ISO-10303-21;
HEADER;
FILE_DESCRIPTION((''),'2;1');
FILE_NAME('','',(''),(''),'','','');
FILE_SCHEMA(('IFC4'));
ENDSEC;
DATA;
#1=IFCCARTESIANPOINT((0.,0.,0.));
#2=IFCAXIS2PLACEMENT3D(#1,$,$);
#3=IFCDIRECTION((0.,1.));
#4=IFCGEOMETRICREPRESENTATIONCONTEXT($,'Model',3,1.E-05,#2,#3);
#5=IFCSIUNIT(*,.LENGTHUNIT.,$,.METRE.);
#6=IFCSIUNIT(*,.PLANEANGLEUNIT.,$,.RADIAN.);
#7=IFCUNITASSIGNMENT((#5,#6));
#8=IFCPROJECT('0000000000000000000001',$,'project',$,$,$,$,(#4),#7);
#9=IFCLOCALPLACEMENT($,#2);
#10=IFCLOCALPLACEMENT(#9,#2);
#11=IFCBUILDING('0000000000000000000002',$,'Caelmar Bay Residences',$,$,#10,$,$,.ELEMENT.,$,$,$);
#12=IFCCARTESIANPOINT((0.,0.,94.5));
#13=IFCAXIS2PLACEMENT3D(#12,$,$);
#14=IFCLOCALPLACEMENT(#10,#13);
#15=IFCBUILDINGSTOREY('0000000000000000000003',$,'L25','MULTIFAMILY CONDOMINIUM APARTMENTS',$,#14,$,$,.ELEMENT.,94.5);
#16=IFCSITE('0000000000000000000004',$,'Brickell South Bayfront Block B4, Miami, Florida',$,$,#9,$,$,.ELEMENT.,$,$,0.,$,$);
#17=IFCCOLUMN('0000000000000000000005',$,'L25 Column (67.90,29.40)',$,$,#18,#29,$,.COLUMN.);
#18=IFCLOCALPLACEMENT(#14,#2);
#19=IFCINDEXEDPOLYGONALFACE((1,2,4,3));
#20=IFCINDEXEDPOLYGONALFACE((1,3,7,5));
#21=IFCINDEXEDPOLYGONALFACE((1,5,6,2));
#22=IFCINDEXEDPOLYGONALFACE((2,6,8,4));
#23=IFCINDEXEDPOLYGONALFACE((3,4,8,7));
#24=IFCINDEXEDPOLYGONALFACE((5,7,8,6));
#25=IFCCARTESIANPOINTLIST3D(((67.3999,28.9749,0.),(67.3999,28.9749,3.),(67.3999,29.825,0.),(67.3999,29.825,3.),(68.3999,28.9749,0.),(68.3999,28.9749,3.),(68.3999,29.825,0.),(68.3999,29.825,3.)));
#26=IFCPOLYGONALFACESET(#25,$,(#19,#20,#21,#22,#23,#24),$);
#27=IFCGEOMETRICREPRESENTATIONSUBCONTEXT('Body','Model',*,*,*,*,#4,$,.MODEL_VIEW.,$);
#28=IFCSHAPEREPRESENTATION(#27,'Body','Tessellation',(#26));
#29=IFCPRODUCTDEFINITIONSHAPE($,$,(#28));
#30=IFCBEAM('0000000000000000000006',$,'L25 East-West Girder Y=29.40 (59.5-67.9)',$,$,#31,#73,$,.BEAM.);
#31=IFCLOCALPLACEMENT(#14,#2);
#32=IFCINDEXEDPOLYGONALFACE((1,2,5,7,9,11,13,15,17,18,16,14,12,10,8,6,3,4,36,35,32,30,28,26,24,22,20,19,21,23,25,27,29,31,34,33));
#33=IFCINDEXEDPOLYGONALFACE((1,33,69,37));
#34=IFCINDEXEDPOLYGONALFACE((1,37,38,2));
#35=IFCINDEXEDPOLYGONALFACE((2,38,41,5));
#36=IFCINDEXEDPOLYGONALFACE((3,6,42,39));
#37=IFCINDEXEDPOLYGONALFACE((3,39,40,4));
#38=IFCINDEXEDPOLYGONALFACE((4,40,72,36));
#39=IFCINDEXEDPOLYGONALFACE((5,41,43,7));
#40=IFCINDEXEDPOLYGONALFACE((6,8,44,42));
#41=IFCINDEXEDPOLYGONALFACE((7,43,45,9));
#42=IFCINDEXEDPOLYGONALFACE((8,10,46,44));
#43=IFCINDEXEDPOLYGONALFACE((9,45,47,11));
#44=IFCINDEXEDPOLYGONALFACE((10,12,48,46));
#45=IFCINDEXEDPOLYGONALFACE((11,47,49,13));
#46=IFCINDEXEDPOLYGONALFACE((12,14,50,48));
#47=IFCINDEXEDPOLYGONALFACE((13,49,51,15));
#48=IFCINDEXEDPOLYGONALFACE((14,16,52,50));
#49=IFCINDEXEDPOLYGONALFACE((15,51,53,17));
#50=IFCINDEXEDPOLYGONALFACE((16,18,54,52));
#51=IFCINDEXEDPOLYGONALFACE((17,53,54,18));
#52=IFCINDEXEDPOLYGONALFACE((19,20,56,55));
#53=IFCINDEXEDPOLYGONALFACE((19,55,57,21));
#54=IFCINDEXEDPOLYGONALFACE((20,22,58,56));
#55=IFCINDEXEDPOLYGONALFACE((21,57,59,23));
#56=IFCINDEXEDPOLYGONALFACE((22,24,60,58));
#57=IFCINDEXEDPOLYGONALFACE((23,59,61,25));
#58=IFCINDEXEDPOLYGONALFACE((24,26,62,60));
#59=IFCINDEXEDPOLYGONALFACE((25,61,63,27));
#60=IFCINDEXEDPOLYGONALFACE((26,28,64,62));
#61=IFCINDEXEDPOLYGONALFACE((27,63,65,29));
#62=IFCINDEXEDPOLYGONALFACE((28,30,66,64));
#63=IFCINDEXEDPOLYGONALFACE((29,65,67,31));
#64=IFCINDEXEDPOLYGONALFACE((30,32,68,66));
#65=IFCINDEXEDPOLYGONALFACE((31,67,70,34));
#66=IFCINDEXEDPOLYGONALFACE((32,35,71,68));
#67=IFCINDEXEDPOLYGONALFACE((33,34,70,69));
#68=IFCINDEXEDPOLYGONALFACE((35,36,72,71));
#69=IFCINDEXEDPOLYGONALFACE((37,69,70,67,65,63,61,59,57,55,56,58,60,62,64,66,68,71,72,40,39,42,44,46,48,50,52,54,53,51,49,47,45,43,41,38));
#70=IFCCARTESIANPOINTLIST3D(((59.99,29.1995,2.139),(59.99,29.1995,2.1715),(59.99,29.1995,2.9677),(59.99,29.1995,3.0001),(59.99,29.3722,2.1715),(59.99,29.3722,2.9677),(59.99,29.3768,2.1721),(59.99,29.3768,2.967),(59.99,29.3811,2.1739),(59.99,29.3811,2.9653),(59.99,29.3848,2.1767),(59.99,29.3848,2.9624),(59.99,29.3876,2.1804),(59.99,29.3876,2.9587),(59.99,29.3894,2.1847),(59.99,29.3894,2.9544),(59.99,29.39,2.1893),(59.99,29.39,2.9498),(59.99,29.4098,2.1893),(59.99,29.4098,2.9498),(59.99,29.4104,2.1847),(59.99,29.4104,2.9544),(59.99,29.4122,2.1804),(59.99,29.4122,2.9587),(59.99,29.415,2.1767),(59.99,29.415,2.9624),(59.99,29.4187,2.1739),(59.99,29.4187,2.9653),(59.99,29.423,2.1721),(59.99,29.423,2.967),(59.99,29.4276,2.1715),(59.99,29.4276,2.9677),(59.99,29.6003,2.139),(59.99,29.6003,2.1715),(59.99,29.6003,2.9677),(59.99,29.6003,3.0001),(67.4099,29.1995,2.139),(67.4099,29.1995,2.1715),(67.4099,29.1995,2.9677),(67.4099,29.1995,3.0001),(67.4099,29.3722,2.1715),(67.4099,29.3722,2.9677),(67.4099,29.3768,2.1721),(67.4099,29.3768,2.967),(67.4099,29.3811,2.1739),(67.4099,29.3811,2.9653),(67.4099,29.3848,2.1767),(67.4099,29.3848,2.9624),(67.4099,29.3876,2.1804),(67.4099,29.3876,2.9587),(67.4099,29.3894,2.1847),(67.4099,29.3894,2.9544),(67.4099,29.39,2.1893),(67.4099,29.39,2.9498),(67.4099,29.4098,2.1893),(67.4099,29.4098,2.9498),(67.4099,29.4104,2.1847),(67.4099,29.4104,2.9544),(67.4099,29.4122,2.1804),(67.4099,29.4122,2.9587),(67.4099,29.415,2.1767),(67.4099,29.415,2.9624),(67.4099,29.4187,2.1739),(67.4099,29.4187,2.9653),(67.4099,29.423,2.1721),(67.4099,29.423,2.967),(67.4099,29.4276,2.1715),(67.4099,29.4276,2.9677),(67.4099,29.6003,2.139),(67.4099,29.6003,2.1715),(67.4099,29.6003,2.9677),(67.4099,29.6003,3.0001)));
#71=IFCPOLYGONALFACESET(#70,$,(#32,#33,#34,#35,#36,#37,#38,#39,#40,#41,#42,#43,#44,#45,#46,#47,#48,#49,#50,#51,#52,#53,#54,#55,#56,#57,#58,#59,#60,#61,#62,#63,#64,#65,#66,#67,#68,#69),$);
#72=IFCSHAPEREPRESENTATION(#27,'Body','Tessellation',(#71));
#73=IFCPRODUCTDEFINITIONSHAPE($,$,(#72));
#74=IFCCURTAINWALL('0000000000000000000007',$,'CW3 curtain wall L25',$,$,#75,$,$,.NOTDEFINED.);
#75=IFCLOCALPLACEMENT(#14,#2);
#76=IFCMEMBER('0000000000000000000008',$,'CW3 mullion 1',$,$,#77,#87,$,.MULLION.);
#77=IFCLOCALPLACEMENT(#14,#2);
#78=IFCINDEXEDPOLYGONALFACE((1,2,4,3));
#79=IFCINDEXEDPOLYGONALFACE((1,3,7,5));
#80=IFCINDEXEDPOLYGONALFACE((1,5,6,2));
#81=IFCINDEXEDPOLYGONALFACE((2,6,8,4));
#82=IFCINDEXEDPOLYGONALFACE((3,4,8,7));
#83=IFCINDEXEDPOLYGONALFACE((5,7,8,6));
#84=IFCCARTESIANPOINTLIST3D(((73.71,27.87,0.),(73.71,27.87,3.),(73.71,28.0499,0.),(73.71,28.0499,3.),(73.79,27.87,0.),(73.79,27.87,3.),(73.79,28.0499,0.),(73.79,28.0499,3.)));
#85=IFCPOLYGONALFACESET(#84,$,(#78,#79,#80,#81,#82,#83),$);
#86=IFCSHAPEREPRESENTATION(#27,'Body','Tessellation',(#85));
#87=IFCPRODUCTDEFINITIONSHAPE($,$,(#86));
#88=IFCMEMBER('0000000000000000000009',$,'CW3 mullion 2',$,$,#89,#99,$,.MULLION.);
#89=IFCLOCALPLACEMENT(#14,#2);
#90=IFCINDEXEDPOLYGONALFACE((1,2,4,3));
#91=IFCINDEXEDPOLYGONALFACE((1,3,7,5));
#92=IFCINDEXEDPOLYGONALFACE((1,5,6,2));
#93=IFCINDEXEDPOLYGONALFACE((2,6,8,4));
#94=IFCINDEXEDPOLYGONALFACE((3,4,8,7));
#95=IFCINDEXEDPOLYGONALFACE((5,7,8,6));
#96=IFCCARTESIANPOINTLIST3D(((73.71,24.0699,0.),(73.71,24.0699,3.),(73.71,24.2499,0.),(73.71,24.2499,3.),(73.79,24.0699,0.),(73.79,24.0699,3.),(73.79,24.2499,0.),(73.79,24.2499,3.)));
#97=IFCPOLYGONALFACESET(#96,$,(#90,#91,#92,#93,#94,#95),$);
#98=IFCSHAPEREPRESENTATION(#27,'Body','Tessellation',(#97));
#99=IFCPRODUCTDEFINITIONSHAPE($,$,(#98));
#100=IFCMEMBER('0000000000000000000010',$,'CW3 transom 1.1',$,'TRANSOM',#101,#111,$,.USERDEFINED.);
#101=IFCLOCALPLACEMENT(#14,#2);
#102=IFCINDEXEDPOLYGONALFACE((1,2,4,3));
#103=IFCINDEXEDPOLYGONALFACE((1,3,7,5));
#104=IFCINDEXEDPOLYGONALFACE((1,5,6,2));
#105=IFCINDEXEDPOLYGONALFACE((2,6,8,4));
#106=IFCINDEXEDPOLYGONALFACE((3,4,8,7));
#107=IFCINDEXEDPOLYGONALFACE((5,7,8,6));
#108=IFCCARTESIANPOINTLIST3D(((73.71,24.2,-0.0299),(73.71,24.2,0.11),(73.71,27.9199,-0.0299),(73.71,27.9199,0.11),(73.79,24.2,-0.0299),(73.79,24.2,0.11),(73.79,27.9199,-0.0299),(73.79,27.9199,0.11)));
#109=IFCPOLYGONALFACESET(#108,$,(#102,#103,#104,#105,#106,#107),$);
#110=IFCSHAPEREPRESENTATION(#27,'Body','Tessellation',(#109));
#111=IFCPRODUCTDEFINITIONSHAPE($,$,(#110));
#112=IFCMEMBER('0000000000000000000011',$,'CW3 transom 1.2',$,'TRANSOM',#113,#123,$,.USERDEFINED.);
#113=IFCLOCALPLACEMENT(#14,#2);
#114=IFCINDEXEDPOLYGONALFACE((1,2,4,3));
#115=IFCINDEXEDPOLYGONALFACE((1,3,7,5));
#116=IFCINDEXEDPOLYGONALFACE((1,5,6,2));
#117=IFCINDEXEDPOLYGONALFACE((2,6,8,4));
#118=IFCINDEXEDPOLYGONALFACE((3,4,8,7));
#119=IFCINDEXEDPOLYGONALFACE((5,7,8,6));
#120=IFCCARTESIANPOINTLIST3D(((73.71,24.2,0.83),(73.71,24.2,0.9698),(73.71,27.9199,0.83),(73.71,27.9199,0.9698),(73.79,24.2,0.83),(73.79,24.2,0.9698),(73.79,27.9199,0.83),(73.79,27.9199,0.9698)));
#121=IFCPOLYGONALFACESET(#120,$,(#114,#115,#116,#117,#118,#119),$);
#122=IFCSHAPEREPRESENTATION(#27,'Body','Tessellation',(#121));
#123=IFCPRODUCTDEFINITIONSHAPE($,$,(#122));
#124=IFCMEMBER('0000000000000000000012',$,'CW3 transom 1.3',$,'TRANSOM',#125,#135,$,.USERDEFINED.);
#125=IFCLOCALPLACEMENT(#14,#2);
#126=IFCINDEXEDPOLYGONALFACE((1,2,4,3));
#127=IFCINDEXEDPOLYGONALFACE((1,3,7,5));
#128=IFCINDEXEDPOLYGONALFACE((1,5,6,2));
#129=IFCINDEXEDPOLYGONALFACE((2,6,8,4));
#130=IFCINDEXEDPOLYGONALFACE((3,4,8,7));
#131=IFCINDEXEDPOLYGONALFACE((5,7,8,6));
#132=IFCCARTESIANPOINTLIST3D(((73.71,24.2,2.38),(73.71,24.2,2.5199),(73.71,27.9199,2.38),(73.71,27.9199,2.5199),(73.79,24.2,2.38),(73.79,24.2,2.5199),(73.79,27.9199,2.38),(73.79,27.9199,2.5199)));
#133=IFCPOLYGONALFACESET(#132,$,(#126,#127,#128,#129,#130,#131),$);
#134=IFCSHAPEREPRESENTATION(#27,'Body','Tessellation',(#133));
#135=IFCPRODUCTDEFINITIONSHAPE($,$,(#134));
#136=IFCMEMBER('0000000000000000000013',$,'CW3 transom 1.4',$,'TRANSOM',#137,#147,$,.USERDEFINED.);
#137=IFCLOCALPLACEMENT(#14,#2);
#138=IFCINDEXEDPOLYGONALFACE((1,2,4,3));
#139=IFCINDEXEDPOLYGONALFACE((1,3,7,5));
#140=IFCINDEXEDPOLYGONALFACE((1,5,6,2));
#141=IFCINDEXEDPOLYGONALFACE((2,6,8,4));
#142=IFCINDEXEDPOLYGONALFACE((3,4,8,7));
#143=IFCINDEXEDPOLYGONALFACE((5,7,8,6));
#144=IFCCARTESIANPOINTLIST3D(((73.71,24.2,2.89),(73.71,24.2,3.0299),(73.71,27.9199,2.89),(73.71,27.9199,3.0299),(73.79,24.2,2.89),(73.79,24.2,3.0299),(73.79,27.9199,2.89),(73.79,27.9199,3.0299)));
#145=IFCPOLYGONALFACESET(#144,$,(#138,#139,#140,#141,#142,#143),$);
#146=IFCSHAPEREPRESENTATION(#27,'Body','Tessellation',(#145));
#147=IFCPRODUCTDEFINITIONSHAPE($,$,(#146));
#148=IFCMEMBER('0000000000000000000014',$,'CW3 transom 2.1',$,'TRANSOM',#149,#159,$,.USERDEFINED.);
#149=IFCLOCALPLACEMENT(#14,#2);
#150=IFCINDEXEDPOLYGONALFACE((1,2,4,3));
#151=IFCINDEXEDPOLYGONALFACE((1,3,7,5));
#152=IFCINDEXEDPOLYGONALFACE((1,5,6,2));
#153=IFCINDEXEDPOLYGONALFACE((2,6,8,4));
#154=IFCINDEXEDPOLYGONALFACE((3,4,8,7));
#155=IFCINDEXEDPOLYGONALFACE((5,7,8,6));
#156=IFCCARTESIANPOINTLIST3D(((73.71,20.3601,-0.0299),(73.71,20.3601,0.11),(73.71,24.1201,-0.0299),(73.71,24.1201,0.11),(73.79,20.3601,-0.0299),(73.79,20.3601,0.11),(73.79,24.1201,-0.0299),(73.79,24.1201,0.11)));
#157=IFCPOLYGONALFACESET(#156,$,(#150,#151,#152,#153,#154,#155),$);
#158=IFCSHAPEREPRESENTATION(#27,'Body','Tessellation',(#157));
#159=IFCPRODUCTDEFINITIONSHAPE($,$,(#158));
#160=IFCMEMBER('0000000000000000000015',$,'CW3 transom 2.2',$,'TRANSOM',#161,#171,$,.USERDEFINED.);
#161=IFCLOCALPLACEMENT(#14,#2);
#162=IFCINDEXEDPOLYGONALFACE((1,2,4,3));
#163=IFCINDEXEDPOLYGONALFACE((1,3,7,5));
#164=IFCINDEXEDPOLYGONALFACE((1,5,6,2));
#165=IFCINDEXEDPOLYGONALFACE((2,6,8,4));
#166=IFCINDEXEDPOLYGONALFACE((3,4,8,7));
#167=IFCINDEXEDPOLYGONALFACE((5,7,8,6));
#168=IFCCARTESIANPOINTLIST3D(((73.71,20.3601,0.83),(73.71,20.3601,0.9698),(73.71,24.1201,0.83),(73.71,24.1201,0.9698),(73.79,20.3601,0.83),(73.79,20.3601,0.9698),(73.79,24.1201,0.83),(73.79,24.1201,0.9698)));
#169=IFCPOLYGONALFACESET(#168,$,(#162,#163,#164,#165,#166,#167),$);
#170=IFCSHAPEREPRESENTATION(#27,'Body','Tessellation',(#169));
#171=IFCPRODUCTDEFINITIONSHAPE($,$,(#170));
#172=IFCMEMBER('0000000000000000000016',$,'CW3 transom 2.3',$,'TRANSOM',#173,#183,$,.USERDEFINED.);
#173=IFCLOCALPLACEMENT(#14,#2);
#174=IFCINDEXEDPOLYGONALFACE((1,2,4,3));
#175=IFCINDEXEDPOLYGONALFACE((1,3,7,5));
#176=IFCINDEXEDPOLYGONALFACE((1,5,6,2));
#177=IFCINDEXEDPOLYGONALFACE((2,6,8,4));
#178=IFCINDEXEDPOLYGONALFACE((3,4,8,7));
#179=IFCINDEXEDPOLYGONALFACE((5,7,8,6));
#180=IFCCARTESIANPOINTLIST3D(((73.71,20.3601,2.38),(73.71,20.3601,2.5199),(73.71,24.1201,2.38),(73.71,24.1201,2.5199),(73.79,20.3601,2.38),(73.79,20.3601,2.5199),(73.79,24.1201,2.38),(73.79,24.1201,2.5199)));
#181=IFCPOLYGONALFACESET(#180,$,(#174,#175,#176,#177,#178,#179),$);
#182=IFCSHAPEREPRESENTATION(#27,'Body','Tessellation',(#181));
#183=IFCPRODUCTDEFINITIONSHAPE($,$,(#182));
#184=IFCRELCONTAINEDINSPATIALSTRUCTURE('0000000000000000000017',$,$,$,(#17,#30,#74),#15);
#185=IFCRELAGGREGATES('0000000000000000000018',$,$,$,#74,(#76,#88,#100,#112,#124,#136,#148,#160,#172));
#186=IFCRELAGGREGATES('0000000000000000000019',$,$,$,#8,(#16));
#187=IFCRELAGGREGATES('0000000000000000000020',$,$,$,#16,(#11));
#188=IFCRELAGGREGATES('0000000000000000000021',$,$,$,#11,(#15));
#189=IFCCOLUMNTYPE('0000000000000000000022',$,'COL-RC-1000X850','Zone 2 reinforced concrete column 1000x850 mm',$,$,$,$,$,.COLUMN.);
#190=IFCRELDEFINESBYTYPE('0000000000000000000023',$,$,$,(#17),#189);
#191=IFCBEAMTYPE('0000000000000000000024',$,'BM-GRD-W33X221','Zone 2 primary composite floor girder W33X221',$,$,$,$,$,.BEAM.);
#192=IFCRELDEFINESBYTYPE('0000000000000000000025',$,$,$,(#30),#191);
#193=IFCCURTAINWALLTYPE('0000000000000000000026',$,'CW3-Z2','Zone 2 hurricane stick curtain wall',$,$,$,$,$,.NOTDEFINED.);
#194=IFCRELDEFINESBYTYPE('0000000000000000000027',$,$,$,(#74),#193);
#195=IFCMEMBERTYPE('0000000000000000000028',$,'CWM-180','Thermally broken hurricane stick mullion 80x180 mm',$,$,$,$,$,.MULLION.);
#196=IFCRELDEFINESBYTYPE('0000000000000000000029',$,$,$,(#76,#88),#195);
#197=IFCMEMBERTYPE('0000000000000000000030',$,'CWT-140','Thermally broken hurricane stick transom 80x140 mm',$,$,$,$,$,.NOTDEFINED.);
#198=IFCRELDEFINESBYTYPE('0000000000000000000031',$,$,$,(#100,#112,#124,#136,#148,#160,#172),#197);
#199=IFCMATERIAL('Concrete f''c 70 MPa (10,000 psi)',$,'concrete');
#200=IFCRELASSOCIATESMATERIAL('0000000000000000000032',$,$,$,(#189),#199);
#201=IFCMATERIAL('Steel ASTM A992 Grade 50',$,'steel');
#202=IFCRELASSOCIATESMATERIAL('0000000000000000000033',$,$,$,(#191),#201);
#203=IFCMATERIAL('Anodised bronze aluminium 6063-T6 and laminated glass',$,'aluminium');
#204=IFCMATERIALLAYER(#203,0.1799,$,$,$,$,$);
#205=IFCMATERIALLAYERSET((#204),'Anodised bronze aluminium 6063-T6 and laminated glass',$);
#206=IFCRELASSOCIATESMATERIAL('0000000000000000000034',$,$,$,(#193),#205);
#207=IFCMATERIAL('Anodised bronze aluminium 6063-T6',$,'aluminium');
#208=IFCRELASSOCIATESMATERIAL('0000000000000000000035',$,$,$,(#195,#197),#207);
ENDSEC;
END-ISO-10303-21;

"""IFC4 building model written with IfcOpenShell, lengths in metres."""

from ifc_helpers import new_model, si_unit, direction, frame, origin, origin_2d, place, context, subcontext, project, spatial, rectangle, i_section, extrude, material, layer, layer_set, material_profile, profile_set, type_object, element, aggregate, save


model = new_model("IFC4")

# Units and contexts
model_context = context("Model", 3, precision=1e-05, world=origin(), true_north=direction((0.0, 1.0)))
body_context = subcontext(model_context, "Body", "Model", "MODEL_VIEW")
ifc_project = project(units=[si_unit("LENGTHUNIT", "METRE"), si_unit("PLANEANGLEUNIT", "RADIAN")], contexts=[model_context])

# Site, building, storey
site_placement = place(None, origin())
site = spatial("IfcSite", under=ifc_project, at=site_placement, Name="Brickell South Bayfront Block B4, Miami, Florida", CompositionType="ELEMENT", RefElevation=0.0)
building_placement = place(site_placement, origin())
building = spatial("IfcBuilding", under=site, at=building_placement, Name="Caelmar Bay Residences", CompositionType="ELEMENT")
storey_placement = place(building_placement, frame((0.0, 0.0, 94.5)))
storey = spatial("IfcBuildingStorey", under=building, at=storey_placement, Name="L25", Description="MULTIFAMILY CONDOMINIUM APARTMENTS", CompositionType="ELEMENT", Elevation=94.5)

# Column
ifc_material_1 = material(Name="Concrete f'c 70 MPa (10,000 psi)", Category="concrete")
ifc_material_profile_1 = material_profile(ifc_material_1, rectangle(XDim=1.0, YDim=0.8501, at=origin_2d()), Name="RC-COL-1000X850")
ifc_profile_set_1 = profile_set([ifc_material_profile_1], Name="Concrete f'c 70 MPa (10,000 psi)")
column_type = type_object("IfcColumnType", Name="COL-RC-1000X850", Description="Zone 2 reinforced concrete column 1000x850 mm", PredefinedType="COLUMN", material=ifc_profile_set_1)
column_placement = place(storey_placement, frame((67.8999, 29.3999, 0.0), z_axis=(0.0, 0.0, 1.0), x_axis=(1.0, 0.0, 0.0)))
element("IfcColumn", 1, at=column_placement, inside=storey, type_object=column_type, Name="L25 Column (67.90,29.40)", PredefinedType="COLUMN", context=body_context, shape_type="SweptSolid", body=[
    extrude(rectangle(XDim=1.0, YDim=0.8501, at=origin_2d()), origin(), (0.0, 0.0, 1.0), 3.0),
])

# Beam
ifc_material_2 = material(Name="Steel ASTM A992 Grade 50", Category="steel")
ifc_material_profile_2 = material_profile(ifc_material_2, i_section(OverallWidth=0.4009, OverallDepth=0.8611, WebThickness=0.0198, FlangeThickness=0.0325, FilletRadius=0.0178, at=origin_2d()), Name="W33X221")
ifc_profile_set_2 = profile_set([ifc_material_profile_2], Name="Steel ASTM A992 Grade 50")
beam_type = type_object("IfcBeamType", Name="BM-GRD-W33X221", Description="Zone 2 primary composite floor girder W33X221", PredefinedType="BEAM", material=ifc_profile_set_2)
beam_placement = place(storey_placement, frame((59.99, 29.3999, 2.5696), z_axis=(1.0, 0.0, 0.0), x_axis=(0.0, 1.0, 0.0)))
element("IfcBeam", 2, at=beam_placement, inside=storey, type_object=beam_type, Name="L25 East-West Girder Y=29.40 (59.5-67.9)", PredefinedType="BEAM", context=body_context, shape_type="SweptSolid", body=[
    extrude(i_section(OverallWidth=0.4009, OverallDepth=0.8611, WebThickness=0.0198, FlangeThickness=0.0325, FilletRadius=0.0178, at=origin_2d()), origin(), (0.0, 0.0, 1.0), 7.4199),
])

# Curtain wall, members
ifc_material_3 = material(Name="Anodised bronze aluminium 6063-T6 and laminated glass", Category="aluminium")
ifc_layer_1 = layer(ifc_material_3, 0.1799)
ifc_layer_set_1 = layer_set([ifc_layer_1], Name="Anodised bronze aluminium 6063-T6 and laminated glass")
curtain_wall_type = type_object("IfcCurtainWallType", Name="CW3-Z2", Description="Zone 2 hurricane stick curtain wall", PredefinedType="NOTDEFINED", material=ifc_layer_set_1)
curtain_wall_placement = place(storey_placement, origin())
curtain_wall = element("IfcCurtainWall", 3, at=curtain_wall_placement, inside=storey, type_object=curtain_wall_type, Name="CW3 curtain wall L25", PredefinedType="NOTDEFINED")
ifc_material_4 = material(Name="Anodised bronze aluminium 6063-T6", Category="aluminium")
ifc_material_profile_3 = material_profile(ifc_material_4, rectangle(XDim=0.0801, YDim=0.1799, at=origin_2d()), Name="CWM-80X180")
ifc_profile_set_3 = profile_set([ifc_material_profile_3], Name="Anodised bronze aluminium 6063-T6")
member_type_1 = type_object("IfcMemberType", Name="CWM-180", Description="Thermally broken hurricane stick mullion 80x180 mm", PredefinedType="MULLION", material=ifc_profile_set_3)
member_1_placement = place(storey_placement, frame((73.75, 27.96, 0.0), z_axis=(0.0, 0.0, 1.0), x_axis=(1.0, 0.0, 0.0)))
member_1 = element("IfcMember", 4, at=member_1_placement, type_object=member_type_1, Name="CW3 mullion 1", PredefinedType="MULLION", context=body_context, shape_type="SweptSolid", body=[
    extrude(rectangle(XDim=0.0801, YDim=0.1799, at=origin_2d()), origin(), (0.0, 0.0, 1.0), 3.0),
])
member_2_placement = place(storey_placement, frame((73.75, 24.1599, 0.0), z_axis=(0.0, 0.0, 1.0), x_axis=(1.0, 0.0, 0.0)))
member_2 = element("IfcMember", 5, at=member_2_placement, type_object=member_type_1, Name="CW3 mullion 2", PredefinedType="MULLION", context=body_context, shape_type="SweptSolid", body=[
    extrude(rectangle(XDim=0.0801, YDim=0.1799, at=origin_2d()), origin(), (0.0, 0.0, 1.0), 3.0),
])
ifc_material_profile_4 = material_profile(ifc_material_4, rectangle(XDim=0.0801, YDim=0.1399, at=origin_2d()), Name="CWT-80X140")
ifc_profile_set_4 = profile_set([ifc_material_profile_4], Name="Anodised bronze aluminium 6063-T6")
member_type_2 = type_object("IfcMemberType", Name="CWT-140", Description="Thermally broken hurricane stick transom 80x140 mm", PredefinedType="NOTDEFINED", material=ifc_profile_set_4)
member_3_placement = place(storey_placement, frame((73.75, 27.9199, 0.04), z_axis=(0.0, -1.0, 0.0), x_axis=(1.0, 0.0, 0.0)))
member_3 = element("IfcMember", 6, at=member_3_placement, type_object=member_type_2, Name="CW3 transom 1.1", ObjectType="TRANSOM", PredefinedType="USERDEFINED", context=body_context, shape_type="SweptSolid", body=[
    extrude(rectangle(XDim=0.0801, YDim=0.1399, at=origin_2d()), origin(), (0.0, 0.0, 1.0), 3.72),
])
member_4_placement = place(storey_placement, frame((73.75, 27.9199, 0.8999), z_axis=(0.0, -1.0, 0.0), x_axis=(1.0, 0.0, 0.0)))
member_4 = element("IfcMember", 7, at=member_4_placement, type_object=member_type_2, Name="CW3 transom 1.2", ObjectType="TRANSOM", PredefinedType="USERDEFINED", context=body_context, shape_type="SweptSolid", body=[
    extrude(rectangle(XDim=0.0801, YDim=0.1399, at=origin_2d()), origin(), (0.0, 0.0, 1.0), 3.72),
])
member_5_placement = place(storey_placement, frame((73.75, 27.9199, 2.45), z_axis=(0.0, -1.0, 0.0), x_axis=(1.0, 0.0, 0.0)))
member_5 = element("IfcMember", 8, at=member_5_placement, type_object=member_type_2, Name="CW3 transom 1.3", ObjectType="TRANSOM", PredefinedType="USERDEFINED", context=body_context, shape_type="SweptSolid", body=[
    extrude(rectangle(XDim=0.0801, YDim=0.1399, at=origin_2d()), origin(), (0.0, 0.0, 1.0), 3.72),
])
member_6_placement = place(storey_placement, frame((73.75, 27.9199, 2.96), z_axis=(0.0, -1.0, 0.0), x_axis=(1.0, 0.0, 0.0)))
member_6 = element("IfcMember", 9, at=member_6_placement, type_object=member_type_2, Name="CW3 transom 1.4", ObjectType="TRANSOM", PredefinedType="USERDEFINED", context=body_context, shape_type="SweptSolid", body=[
    extrude(rectangle(XDim=0.0801, YDim=0.1399, at=origin_2d()), origin(), (0.0, 0.0, 1.0), 3.72),
])
member_7_placement = place(storey_placement, frame((73.75, 24.1201, 0.04), z_axis=(0.0, -1.0, 0.0), x_axis=(1.0, 0.0, 0.0)))
member_7 = element("IfcMember", 10, at=member_7_placement, type_object=member_type_2, Name="CW3 transom 2.1", ObjectType="TRANSOM", PredefinedType="USERDEFINED", context=body_context, shape_type="SweptSolid", body=[
    extrude(rectangle(XDim=0.0801, YDim=0.1399, at=origin_2d()), origin(), (0.0, 0.0, 1.0), 3.76),
])
member_8_placement = place(storey_placement, frame((73.75, 24.1201, 0.8999), z_axis=(0.0, -1.0, 0.0), x_axis=(1.0, 0.0, 0.0)))
member_8 = element("IfcMember", 11, at=member_8_placement, type_object=member_type_2, Name="CW3 transom 2.2", ObjectType="TRANSOM", PredefinedType="USERDEFINED", context=body_context, shape_type="SweptSolid", body=[
    extrude(rectangle(XDim=0.0801, YDim=0.1399, at=origin_2d()), origin(), (0.0, 0.0, 1.0), 3.76),
])
member_9_placement = place(storey_placement, frame((73.75, 24.1201, 2.45), z_axis=(0.0, -1.0, 0.0), x_axis=(1.0, 0.0, 0.0)))
member_9 = element("IfcMember", 12, at=member_9_placement, type_object=member_type_2, Name="CW3 transom 2.3", ObjectType="TRANSOM", PredefinedType="USERDEFINED", context=body_context, shape_type="SweptSolid", body=[
    extrude(rectangle(XDim=0.0801, YDim=0.1399, at=origin_2d()), origin(), (0.0, 0.0, 1.0), 3.76),
])
aggregate(curtain_wall, [member_1, member_2, member_3, member_4, member_5, member_6, member_7, member_8, member_9])

save(model, "model.ifc")
